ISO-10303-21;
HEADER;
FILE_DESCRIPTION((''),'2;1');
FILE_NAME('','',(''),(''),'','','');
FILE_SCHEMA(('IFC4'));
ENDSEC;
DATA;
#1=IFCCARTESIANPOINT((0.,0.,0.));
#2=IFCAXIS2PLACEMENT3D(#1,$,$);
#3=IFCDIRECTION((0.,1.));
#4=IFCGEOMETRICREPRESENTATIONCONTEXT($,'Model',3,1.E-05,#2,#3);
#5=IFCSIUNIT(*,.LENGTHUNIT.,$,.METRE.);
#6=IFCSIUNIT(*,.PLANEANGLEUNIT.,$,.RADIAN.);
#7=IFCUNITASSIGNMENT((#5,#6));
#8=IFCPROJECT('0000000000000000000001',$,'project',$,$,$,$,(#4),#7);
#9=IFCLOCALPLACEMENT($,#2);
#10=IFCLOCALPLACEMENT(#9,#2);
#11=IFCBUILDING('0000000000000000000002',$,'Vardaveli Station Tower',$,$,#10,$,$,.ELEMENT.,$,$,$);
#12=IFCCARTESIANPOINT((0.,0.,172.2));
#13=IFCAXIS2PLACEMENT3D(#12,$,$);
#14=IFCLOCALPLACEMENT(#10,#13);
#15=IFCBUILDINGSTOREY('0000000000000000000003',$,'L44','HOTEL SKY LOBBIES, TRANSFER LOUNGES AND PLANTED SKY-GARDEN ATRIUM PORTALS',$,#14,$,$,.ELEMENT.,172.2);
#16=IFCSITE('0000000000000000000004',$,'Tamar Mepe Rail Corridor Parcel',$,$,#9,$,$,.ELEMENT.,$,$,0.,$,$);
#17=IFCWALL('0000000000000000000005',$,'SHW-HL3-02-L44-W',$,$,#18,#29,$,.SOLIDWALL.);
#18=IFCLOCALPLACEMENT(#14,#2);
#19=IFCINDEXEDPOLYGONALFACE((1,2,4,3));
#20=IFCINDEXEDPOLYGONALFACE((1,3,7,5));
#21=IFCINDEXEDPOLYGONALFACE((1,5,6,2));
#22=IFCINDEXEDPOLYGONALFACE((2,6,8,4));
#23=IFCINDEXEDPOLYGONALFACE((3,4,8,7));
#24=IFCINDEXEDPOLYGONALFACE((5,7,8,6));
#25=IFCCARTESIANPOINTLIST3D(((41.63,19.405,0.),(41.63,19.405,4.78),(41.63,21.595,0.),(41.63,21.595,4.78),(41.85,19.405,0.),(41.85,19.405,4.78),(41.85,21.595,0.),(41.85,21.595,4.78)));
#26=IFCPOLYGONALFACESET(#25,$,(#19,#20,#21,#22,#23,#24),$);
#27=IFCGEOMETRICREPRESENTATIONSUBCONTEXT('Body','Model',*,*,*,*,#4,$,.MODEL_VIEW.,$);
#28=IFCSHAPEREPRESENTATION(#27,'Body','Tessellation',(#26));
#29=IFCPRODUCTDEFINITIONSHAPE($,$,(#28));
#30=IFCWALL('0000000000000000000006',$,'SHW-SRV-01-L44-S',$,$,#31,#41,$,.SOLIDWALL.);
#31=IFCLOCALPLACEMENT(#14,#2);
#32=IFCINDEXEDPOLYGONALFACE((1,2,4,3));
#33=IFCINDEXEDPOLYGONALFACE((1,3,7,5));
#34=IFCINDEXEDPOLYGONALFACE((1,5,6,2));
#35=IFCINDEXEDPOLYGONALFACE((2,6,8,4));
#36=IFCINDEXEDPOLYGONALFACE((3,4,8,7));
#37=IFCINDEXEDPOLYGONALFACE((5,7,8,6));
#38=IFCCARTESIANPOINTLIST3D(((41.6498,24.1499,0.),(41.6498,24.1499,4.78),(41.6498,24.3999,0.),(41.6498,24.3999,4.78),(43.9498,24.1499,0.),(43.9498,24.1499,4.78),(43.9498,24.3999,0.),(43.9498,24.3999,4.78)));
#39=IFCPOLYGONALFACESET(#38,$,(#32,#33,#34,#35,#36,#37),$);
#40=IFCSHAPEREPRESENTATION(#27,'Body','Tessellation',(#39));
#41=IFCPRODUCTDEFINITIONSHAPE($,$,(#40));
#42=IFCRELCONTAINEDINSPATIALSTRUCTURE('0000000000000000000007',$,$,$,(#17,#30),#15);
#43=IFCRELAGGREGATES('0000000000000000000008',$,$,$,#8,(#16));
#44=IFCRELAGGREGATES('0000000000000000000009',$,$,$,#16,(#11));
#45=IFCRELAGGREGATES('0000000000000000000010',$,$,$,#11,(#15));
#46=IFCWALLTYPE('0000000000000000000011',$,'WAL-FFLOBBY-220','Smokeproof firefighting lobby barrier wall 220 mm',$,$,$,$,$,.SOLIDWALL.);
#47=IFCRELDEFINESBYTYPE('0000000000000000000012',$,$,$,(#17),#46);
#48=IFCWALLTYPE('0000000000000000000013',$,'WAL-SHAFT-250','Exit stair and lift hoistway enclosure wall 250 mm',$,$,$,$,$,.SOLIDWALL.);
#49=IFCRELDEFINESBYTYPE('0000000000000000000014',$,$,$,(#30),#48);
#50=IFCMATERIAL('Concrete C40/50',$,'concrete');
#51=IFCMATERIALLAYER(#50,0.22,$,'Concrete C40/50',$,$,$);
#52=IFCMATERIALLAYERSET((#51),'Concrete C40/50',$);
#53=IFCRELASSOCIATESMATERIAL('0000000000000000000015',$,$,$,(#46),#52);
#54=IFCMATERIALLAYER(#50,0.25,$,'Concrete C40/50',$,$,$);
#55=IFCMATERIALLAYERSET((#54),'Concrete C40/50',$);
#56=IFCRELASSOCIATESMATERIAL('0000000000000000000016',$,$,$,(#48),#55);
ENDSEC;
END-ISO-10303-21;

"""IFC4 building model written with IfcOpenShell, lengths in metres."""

from ifc_helpers import new_model, si_unit, direction, frame, frame_2d, origin, place, context, subcontext, project, spatial, rectangle, extrude, source, transform, mapped, material, layer, layer_set, type_object, element, save


model = new_model("IFC4")

# Units and contexts
model_context = context("Model", 3, precision=1e-05, world=origin(), true_north=direction((0.0, 1.0)))
body_context = subcontext(model_context, "Body", "Model", "MODEL_VIEW")
ifc_project = project(units=[si_unit("LENGTHUNIT", "METRE"), si_unit("PLANEANGLEUNIT", "RADIAN")], contexts=[model_context])

# Site, building, storey
site_placement = place(None, origin())
site = spatial("IfcSite", under=ifc_project, at=site_placement, Name="Tamar Mepe Rail Corridor Parcel", CompositionType="ELEMENT", RefElevation=0.0)
building_placement = place(site_placement, origin())
building = spatial("IfcBuilding", under=site, at=building_placement, Name="Vardaveli Station Tower", CompositionType="ELEMENT")
storey_placement = place(building_placement, frame((0.0, 0.0, 172.2)))
storey = spatial("IfcBuildingStorey", under=building, at=storey_placement, Name="L44", Description="HOTEL SKY LOBBIES, TRANSFER LOUNGES AND PLANTED SKY-GARDEN ATRIUM PORTALS", CompositionType="ELEMENT", Elevation=172.2)

# Walls
ifc_material_1 = material(Name="Concrete C40/50", Category="concrete")
ifc_layer_1 = layer(ifc_material_1, 0.22, Name="Concrete C40/50")
ifc_layer_set_1 = layer_set([ifc_layer_1], Name="Concrete C40/50")
wall_type_1 = type_object("IfcWallType", Name="WAL-FFLOBBY-220", Description="Smokeproof firefighting lobby barrier wall 220 mm", PredefinedType="SOLIDWALL", material=ifc_layer_set_1)
shared_shape_1 = source(origin(), body_context, "Body", "SweptSolid", [
    extrude(rectangle(XDim=2.1899, YDim=0.22, at=frame_2d((1.095, 0.0))), origin(), (0.0, 0.0, 1.0), 4.78),
])
for number, where, z_axis, x_axis, name in (
    (1, (41.74, 19.405, 0.0), (0.0, 0.0, 1.0), (0.0, 1.0, 0.0), "SHW-HL3-02-L44-W"),
):
    element("IfcWall", number, at=place(storey_placement, frame(where, z_axis=z_axis, x_axis=x_axis)), inside=storey, type_object=wall_type_1, Name=name, PredefinedType="SOLIDWALL", context=body_context, shape_type="MappedRepresentation", body=[
        mapped(shared_shape_1, transform((0.0, 0.0, 0.0), scale=1.0)),
    ])
ifc_layer_2 = layer(ifc_material_1, 0.25, Name="Concrete C40/50")
ifc_layer_set_2 = layer_set([ifc_layer_2], Name="Concrete C40/50")
wall_type_2 = type_object("IfcWallType", Name="WAL-SHAFT-250", Description="Exit stair and lift hoistway enclosure wall 250 mm", PredefinedType="SOLIDWALL", material=ifc_layer_set_2)
shared_shape_2 = source(origin(), body_context, "Body", "SweptSolid", [
    extrude(rectangle(XDim=2.3, YDim=0.25, at=frame_2d((1.1499, 0.0))), origin(), (0.0, 0.0, 1.0), 4.78),
])
wall_placement = place(storey_placement, frame((41.6499, 24.2749, 0.0), z_axis=(0.0, 0.0, 1.0), x_axis=(1.0, 0.0, 0.0)))
element("IfcWall", 2, at=wall_placement, inside=storey, type_object=wall_type_2, Name="SHW-SRV-01-L44-S", PredefinedType="SOLIDWALL", context=body_context, shape_type="MappedRepresentation", body=[
    mapped(shared_shape_2, transform((0.0, 0.0, 0.0), scale=1.0)),
])

save(model, "model.ifc")
